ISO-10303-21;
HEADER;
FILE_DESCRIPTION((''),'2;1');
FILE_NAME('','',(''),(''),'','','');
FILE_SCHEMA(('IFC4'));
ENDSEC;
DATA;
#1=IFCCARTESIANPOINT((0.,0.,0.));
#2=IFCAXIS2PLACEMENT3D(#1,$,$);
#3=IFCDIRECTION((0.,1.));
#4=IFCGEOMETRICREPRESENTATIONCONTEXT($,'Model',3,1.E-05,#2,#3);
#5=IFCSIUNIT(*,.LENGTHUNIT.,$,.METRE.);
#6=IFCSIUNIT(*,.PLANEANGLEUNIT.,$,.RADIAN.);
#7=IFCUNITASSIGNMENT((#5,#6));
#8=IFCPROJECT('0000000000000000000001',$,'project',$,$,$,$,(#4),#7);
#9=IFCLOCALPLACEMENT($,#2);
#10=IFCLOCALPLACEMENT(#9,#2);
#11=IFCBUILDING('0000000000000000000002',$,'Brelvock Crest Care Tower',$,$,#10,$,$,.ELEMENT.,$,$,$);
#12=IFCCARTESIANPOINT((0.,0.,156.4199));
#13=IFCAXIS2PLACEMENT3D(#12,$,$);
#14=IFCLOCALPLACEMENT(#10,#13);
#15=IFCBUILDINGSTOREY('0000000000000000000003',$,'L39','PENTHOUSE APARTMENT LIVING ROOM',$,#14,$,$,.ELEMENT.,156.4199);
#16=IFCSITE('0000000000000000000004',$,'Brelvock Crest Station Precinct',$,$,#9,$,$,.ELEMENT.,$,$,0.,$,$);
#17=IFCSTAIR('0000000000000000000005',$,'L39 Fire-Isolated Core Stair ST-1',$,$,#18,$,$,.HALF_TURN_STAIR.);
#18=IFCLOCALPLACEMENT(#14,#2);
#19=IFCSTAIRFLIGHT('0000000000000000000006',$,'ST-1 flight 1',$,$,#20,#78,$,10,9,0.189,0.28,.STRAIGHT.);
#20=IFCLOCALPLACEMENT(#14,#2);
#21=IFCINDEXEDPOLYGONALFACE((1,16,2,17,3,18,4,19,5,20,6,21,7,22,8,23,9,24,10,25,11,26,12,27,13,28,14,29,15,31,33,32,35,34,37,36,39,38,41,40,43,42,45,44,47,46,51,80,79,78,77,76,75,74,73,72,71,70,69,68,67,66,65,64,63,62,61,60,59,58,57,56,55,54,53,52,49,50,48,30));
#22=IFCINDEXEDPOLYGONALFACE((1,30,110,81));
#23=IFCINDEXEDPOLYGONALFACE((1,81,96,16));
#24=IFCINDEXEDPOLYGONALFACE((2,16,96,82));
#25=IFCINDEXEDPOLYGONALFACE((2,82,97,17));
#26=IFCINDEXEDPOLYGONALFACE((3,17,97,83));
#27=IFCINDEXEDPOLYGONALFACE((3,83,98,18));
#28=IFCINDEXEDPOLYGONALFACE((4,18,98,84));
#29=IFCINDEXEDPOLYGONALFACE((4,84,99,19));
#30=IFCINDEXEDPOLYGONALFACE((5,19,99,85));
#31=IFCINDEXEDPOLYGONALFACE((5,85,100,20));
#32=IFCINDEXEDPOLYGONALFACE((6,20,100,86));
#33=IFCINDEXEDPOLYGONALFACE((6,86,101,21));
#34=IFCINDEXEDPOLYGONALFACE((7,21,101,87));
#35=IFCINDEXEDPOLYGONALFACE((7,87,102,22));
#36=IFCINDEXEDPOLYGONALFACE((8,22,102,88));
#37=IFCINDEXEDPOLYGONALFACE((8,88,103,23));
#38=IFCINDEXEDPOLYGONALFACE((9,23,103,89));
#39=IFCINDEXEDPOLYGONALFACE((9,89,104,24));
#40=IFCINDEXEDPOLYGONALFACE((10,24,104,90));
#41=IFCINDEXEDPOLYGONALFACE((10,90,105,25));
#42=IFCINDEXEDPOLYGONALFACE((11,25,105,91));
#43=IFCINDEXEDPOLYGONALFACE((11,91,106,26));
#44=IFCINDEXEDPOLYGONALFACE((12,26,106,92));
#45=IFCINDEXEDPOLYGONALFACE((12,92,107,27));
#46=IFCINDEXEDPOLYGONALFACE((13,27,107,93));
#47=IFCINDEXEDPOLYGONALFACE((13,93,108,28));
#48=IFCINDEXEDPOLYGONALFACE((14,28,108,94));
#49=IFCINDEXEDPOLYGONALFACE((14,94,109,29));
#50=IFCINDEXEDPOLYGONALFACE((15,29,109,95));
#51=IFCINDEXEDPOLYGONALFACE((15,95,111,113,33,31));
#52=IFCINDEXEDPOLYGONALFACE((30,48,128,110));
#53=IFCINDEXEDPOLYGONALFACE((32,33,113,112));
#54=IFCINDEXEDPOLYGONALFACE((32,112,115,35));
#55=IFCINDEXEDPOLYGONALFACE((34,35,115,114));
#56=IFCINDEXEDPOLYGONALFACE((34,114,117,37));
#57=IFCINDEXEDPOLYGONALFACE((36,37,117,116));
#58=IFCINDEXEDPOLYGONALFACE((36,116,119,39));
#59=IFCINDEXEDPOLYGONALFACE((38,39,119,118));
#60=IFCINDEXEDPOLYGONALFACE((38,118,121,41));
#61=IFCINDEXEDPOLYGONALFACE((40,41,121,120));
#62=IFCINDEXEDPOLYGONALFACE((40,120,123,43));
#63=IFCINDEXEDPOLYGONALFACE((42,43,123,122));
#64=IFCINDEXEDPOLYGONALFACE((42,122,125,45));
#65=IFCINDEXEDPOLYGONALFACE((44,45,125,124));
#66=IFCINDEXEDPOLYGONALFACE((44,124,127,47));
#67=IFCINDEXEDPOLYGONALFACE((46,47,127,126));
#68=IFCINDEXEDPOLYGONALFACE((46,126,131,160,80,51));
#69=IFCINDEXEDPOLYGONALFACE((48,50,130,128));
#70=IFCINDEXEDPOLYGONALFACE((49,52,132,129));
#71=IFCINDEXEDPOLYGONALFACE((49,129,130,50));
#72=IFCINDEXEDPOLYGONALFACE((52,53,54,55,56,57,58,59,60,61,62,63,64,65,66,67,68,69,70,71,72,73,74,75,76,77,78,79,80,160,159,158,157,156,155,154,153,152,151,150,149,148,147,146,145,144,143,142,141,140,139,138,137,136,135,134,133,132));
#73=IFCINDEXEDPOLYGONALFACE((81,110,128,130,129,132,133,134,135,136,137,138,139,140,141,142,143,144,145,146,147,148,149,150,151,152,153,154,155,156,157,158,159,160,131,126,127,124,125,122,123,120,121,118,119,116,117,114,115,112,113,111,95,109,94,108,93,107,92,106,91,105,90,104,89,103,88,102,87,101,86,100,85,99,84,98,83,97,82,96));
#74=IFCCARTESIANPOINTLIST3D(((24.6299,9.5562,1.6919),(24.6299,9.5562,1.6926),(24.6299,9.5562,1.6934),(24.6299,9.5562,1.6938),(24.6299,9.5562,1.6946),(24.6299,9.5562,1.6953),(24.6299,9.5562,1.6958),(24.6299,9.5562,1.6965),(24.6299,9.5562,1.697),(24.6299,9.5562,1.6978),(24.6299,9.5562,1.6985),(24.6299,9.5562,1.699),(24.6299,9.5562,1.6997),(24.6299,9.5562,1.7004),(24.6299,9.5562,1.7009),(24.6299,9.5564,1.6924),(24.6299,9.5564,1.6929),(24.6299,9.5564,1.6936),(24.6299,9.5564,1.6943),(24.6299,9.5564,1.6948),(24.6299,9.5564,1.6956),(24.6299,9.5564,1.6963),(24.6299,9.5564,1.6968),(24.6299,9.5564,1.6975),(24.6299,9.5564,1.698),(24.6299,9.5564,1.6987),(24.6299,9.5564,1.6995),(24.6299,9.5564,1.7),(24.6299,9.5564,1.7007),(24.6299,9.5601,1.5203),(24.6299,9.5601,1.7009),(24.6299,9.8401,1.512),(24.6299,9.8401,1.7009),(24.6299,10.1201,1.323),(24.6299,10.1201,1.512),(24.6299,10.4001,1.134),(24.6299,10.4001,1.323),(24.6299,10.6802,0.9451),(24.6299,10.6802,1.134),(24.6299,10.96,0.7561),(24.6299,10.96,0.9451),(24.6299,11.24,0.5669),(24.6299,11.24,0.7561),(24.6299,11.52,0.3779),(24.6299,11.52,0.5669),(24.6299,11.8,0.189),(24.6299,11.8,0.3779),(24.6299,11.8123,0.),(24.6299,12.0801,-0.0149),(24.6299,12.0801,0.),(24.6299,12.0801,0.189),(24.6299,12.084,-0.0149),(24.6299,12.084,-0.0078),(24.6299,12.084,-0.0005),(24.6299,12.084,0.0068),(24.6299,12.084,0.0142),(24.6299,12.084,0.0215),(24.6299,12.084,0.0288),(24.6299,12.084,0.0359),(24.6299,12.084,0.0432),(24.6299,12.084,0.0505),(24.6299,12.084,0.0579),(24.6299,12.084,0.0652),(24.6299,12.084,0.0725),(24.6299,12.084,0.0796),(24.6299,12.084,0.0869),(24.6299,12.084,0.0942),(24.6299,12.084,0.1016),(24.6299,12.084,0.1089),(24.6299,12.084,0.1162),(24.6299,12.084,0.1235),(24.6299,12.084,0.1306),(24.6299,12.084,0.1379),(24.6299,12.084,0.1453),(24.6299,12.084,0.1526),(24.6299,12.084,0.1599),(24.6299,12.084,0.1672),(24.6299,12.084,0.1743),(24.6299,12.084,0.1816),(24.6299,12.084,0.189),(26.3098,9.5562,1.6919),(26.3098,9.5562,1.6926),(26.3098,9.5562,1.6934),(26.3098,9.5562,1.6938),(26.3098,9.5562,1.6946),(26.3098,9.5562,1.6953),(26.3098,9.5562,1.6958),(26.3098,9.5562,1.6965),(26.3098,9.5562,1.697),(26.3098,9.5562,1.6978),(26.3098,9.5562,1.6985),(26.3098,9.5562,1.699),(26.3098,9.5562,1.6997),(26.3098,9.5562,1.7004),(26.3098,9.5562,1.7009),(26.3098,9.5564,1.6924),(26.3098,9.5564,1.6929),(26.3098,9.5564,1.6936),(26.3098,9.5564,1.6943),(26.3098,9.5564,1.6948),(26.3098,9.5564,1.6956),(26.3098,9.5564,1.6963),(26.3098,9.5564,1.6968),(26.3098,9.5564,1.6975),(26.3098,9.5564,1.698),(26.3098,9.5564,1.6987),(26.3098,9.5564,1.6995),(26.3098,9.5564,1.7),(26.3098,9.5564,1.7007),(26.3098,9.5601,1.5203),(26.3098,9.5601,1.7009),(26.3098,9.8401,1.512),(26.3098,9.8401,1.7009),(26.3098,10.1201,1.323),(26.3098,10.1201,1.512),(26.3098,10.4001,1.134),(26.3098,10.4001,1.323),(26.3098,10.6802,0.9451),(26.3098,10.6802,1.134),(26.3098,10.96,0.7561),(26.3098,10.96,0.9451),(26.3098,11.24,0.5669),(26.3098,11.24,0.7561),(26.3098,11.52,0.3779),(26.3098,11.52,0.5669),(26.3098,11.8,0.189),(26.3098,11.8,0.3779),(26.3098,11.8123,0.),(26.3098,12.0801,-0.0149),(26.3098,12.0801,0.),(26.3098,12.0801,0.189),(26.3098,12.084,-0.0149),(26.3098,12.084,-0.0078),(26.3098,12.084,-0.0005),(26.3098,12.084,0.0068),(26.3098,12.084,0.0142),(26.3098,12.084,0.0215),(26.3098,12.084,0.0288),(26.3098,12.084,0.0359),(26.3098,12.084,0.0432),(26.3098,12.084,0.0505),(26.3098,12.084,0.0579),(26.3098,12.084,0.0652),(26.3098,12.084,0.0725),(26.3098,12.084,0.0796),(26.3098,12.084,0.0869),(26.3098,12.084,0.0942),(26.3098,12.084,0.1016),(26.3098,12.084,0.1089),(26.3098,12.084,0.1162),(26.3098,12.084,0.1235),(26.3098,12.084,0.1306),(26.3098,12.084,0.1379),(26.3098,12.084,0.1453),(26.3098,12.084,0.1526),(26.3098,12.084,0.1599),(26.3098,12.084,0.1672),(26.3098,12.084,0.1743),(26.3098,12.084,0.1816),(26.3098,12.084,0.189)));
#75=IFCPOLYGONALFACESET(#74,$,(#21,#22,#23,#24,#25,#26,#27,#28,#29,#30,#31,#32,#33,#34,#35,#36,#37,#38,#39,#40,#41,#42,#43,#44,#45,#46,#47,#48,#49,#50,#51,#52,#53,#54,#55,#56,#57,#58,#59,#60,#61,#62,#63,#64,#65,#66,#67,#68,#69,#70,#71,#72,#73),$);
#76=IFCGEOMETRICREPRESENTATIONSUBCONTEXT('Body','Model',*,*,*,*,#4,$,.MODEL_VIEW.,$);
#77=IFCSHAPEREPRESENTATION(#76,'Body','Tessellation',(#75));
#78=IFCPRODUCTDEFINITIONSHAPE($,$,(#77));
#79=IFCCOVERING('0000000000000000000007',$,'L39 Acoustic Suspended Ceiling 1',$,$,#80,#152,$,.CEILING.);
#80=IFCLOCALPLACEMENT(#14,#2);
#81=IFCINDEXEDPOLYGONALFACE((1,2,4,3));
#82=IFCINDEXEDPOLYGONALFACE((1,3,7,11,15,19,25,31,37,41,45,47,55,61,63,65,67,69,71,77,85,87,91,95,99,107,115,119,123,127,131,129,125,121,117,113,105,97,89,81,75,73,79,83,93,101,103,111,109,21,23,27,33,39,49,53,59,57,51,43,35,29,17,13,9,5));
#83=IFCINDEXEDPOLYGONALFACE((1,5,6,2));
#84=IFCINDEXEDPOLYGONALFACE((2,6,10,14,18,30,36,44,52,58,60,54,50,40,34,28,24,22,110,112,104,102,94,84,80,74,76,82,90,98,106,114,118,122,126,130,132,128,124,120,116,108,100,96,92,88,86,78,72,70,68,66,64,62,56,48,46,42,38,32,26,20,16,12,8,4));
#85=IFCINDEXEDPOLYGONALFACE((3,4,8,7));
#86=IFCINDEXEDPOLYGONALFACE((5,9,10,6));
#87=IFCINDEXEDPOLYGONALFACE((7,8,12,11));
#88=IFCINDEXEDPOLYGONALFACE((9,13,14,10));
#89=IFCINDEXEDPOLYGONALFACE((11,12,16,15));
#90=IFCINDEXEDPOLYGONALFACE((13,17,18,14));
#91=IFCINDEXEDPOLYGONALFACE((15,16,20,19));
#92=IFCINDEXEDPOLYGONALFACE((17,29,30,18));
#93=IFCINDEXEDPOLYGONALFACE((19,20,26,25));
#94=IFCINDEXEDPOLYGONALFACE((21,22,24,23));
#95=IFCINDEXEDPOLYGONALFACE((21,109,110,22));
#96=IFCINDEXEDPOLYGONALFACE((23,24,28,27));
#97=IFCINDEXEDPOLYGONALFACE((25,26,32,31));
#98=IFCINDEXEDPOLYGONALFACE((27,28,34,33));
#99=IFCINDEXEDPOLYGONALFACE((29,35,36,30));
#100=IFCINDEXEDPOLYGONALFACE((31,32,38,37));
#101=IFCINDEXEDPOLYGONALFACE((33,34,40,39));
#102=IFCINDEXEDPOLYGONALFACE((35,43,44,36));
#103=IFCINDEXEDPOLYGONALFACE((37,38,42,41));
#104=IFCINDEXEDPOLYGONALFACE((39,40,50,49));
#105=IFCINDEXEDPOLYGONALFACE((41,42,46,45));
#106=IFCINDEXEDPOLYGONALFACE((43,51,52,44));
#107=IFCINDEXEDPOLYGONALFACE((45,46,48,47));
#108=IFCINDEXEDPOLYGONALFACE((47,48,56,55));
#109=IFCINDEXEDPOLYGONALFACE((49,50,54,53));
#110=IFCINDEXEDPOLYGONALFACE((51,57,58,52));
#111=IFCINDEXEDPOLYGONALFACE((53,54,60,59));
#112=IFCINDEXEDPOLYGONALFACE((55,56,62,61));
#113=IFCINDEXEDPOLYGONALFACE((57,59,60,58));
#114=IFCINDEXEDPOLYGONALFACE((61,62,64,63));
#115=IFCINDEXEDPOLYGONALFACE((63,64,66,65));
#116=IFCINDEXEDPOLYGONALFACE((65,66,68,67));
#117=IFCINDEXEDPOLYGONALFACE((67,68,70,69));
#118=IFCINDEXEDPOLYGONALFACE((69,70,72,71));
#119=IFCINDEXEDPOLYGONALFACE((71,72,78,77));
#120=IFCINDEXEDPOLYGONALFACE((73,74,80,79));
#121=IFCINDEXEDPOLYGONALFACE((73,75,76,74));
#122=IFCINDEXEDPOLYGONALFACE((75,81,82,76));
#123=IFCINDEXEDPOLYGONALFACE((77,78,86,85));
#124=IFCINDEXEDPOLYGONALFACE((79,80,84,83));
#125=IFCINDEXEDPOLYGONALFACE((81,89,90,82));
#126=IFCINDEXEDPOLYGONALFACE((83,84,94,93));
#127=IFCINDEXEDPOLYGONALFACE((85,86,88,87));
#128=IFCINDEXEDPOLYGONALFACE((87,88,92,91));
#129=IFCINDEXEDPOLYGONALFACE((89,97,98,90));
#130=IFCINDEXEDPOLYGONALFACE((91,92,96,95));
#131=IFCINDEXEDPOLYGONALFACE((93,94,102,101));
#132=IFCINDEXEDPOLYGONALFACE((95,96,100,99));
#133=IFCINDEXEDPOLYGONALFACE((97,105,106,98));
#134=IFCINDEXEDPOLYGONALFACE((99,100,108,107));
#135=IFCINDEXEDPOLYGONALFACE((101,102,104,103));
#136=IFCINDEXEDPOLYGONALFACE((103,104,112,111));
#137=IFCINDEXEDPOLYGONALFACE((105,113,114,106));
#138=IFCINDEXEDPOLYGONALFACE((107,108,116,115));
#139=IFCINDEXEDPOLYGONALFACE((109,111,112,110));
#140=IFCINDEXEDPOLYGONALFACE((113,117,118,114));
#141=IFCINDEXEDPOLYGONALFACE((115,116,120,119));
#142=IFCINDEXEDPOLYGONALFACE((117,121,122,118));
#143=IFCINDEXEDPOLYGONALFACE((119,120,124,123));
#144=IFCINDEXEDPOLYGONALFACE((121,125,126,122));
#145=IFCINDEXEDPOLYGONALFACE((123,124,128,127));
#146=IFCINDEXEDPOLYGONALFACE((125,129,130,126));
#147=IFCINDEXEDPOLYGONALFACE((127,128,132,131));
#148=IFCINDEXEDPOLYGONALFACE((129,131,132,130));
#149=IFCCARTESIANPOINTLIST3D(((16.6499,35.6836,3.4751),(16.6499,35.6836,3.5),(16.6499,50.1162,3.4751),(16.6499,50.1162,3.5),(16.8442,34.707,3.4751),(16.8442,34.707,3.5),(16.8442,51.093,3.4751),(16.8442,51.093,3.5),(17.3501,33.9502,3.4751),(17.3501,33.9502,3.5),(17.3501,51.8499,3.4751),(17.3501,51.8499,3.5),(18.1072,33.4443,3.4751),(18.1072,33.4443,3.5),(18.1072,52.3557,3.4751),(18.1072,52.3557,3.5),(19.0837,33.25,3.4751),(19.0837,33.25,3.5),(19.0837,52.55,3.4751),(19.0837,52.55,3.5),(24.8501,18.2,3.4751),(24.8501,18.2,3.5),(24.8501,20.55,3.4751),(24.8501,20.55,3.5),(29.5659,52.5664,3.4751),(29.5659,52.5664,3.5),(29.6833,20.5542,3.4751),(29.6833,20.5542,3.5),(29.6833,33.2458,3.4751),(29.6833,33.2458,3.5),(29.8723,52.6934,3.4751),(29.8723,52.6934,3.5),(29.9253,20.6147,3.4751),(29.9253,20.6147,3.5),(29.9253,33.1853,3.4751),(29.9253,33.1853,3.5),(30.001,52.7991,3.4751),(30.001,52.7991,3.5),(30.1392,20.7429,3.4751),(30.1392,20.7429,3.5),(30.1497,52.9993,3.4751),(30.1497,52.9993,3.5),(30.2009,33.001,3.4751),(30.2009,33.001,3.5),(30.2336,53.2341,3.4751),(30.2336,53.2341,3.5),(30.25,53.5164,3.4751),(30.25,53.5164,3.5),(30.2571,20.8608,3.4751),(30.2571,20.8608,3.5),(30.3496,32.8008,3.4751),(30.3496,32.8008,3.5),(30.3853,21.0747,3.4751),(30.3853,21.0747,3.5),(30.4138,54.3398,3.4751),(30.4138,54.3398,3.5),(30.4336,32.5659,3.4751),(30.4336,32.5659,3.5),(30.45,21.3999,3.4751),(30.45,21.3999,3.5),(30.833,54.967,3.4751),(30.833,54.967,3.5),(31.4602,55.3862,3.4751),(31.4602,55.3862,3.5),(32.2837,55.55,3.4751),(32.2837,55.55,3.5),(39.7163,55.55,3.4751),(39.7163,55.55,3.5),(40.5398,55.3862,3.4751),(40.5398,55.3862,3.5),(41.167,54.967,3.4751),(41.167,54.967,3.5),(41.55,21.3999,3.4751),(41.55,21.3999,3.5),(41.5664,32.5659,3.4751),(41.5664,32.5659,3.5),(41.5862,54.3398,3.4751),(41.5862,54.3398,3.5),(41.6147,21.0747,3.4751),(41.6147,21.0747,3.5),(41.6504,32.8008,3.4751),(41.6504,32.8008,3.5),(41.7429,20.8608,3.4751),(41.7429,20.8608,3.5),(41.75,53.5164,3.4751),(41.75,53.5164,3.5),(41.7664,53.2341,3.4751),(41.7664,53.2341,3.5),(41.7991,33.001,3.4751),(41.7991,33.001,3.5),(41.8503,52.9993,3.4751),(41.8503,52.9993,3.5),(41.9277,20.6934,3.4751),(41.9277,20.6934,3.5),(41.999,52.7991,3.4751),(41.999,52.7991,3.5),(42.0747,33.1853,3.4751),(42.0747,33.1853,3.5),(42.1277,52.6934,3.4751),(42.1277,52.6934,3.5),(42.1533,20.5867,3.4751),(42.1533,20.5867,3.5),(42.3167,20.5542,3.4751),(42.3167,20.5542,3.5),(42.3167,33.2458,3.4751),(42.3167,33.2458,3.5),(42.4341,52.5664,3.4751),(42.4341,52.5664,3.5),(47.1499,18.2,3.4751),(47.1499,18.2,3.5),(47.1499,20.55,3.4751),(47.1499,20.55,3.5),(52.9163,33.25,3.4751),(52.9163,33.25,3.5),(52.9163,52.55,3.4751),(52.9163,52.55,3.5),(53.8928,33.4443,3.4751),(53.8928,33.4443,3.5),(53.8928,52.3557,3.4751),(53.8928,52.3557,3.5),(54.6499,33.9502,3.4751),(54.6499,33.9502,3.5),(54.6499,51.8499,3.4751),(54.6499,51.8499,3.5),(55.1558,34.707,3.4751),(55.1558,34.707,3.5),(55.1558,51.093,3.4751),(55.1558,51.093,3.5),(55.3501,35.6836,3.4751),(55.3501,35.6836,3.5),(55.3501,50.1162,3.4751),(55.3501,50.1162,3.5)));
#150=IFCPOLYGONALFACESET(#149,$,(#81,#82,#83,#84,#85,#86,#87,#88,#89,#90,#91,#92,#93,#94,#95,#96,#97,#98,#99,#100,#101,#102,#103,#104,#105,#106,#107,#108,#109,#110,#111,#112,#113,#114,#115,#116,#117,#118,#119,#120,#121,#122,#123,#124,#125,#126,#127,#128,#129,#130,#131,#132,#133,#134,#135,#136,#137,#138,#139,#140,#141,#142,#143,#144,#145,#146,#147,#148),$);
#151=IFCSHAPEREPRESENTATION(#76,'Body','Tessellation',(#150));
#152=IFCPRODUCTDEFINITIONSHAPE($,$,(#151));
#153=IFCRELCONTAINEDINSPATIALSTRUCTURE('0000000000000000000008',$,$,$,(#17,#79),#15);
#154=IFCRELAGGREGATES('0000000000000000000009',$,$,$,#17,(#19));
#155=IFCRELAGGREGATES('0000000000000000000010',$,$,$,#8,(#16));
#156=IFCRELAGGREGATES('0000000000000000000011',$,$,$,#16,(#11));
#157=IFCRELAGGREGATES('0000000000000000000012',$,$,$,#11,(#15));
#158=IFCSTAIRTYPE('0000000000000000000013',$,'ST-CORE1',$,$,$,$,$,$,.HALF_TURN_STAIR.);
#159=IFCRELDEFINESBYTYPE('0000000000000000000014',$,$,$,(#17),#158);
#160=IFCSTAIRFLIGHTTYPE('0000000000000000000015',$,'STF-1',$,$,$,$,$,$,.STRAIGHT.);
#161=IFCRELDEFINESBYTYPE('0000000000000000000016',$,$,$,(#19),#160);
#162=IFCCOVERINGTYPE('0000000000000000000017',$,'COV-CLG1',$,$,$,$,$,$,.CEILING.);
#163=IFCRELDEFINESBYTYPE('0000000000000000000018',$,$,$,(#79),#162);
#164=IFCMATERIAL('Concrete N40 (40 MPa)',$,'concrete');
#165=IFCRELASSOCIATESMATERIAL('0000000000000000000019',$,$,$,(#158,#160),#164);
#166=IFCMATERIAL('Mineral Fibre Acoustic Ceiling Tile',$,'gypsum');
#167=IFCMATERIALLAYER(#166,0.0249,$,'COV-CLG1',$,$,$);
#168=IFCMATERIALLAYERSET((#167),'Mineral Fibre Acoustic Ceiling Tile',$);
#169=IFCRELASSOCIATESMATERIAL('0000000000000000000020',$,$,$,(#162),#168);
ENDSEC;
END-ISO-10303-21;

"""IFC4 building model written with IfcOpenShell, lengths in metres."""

from ifc_helpers import new_model, si_unit, direction, frame, origin, place, context, subcontext, project, spatial, polyline, outline, extrude, material, layer, layer_set, type_object, element, aggregate, save


model = new_model("IFC4")

# Units and contexts
model_context = context("Model", 3, precision=1e-05, world=origin(), true_north=direction((0.0, 1.0)))
body_context = subcontext(model_context, "Body", "Model", "MODEL_VIEW")
ifc_project = project(units=[si_unit("LENGTHUNIT", "METRE"), si_unit("PLANEANGLEUNIT", "RADIAN")], contexts=[model_context])

# Site, building, storey
site_placement = place(None, origin())
site = spatial("IfcSite", under=ifc_project, at=site_placement, Name="Brelvock Crest Station Precinct", CompositionType="ELEMENT", RefElevation=0.0)
building_placement = place(site_placement, origin())
building = spatial("IfcBuilding", under=site, at=building_placement, Name="Brelvock Crest Care Tower", CompositionType="ELEMENT")
storey_placement = place(building_placement, frame((0.0, 0.0, 156.4199)))
storey = spatial("IfcBuildingStorey", under=building, at=storey_placement, Name="L39", Description="PENTHOUSE APARTMENT LIVING ROOM", CompositionType="ELEMENT", Elevation=156.4199)

# Stair
ifc_material_1 = material(Name="Concrete N40 (40 MPa)", Category="concrete")
stair_type = type_object("IfcStairType", Name="ST-CORE1", PredefinedType="HALF_TURN_STAIR", material=ifc_material_1)
stair_1_placement = place(storey_placement, origin())
stair_1 = element("IfcStair", 1, at=stair_1_placement, inside=storey, type_object=stair_type, Name="L39 Fire-Isolated Core Stair ST-1", PredefinedType="HALF_TURN_STAIR")

# Stair flight
stair_flight_type = type_object("IfcStairFlightType", Name="STF-1", PredefinedType="STRAIGHT", material=ifc_material_1)
stair_flight_placement = place(storey_placement, frame((25.47, 12.0801, 0.0), z_axis=(0.0, 0.0, 1.0), x_axis=(0.0, -1.0, 0.0)))
stair_flight = element("IfcStairFlight", 2, at=stair_flight_placement, type_object=stair_flight_type, Name="ST-1 flight 1", NumberOfRisers=10, NumberOfTreads=9, PredefinedType="STRAIGHT", RiserHeight=0.189, TreadLength=0.28, context=body_context, shape_type="SweptSolid", body=[
    extrude(outline(polyline([(-0.0039, -0.0149), (-0.0039, -0.0078), (-0.0039, -0.0005), (-0.0039, 0.0068), (-0.0039, 0.0142), (-0.0039, 0.0215), (-0.0039, 0.0288), (-0.0039, 0.0359), (-0.0039, 0.0432), (-0.0039, 0.0505), (-0.0039, 0.0579), (-0.0039, 0.0652), (-0.0039, 0.0725), (-0.0039, 0.0796), (-0.0039, 0.0869), (-0.0039, 0.0942), (-0.0039, 0.1016), (-0.0039, 0.1089), (-0.0039, 0.1162), (-0.0039, 0.1235), (-0.0039, 0.1306), (-0.0039, 0.1379), (-0.0039, 0.1453), (-0.0039, 0.1526), (-0.0039, 0.1599), (-0.0039, 0.1672), (-0.0039, 0.1743), (-0.0039, 0.1816), (-0.0039, 0.189), (0.0, 0.189), (0.28, 0.189), (0.28, 0.3779), (0.5601, 0.3779), (0.5601, 0.5669), (0.8401, 0.5669), (0.8401, 0.7561), (1.1201, 0.7561), (1.1201, 0.9451), (1.3999, 0.9451), (1.3999, 1.134), (1.6799, 1.134), (1.6799, 1.323), (1.96, 1.323), (1.96, 1.512), (2.24, 1.512), (2.24, 1.7009), (2.52, 1.7009), (2.5239, 1.7009), (2.5237, 1.7007), (2.5239, 1.7004), (2.5237, 1.7), (2.5239, 1.6997), (2.5237, 1.6995), (2.5239, 1.699), (2.5237, 1.6987), (2.5239, 1.6985), (2.5237, 1.698), (2.5239, 1.6978), (2.5237, 1.6975), (2.5239, 1.697), (2.5237, 1.6968), (2.5239, 1.6965), (2.5237, 1.6963), (2.5239, 1.6958), (2.5237, 1.6956), (2.5239, 1.6953), (2.5237, 1.6948), (2.5239, 1.6946), (2.5237, 1.6943), (2.5239, 1.6938), (2.5237, 1.6936), (2.5239, 1.6934), (2.5237, 1.6929), (2.5239, 1.6926), (2.5237, 1.6924), (2.5239, 1.6919), (2.52, 1.5203), (0.2678, 0.0), (0.0, 0.0), (0.0, -0.0149), (-0.0039, -0.0149)])), frame((0.0, 0.8398, 0.0), z_axis=(0.0, -1.0, 0.0), x_axis=(1.0, 0.0, 0.0)), (0.0, 0.0, 1.0), 1.6799),
])
aggregate(stair_1, [stair_flight])

# Covering
ifc_material_2 = material(Name="Mineral Fibre Acoustic Ceiling Tile", Category="gypsum")
ifc_layer_1 = layer(ifc_material_2, 0.0249, Name="COV-CLG1")
ifc_layer_set_1 = layer_set([ifc_layer_1], Name="Mineral Fibre Acoustic Ceiling Tile")
covering_type_1 = type_object("IfcCoveringType", Name="COV-CLG1", PredefinedType="CEILING", material=ifc_layer_set_1)
covering_1_placement = place(storey_placement, frame((0.0, 0.0, 3.4751)))
element("IfcCovering", 3, at=covering_1_placement, inside=storey, type_object=covering_type_1, Name="L39 Acoustic Suspended Ceiling 1", PredefinedType="CEILING", context=body_context, shape_type="SweptSolid", body=[
    extrude(outline(polyline([(24.8501, 18.2), (47.1499, 18.2), (47.1499, 20.55), (42.3167, 20.5542), (42.1533, 20.5867), (41.9277, 20.6934), (41.7429, 20.8608), (41.6147, 21.0747), (41.55, 21.3999), (41.5664, 32.5659), (41.6504, 32.8008), (41.7991, 33.001), (42.0747, 33.1853), (42.3167, 33.2458), (52.9163, 33.25), (53.8928, 33.4443), (54.6499, 33.9502), (55.1558, 34.707), (55.3501, 35.6836), (55.3501, 50.1162), (55.1558, 51.093), (54.6499, 51.8499), (53.8928, 52.3557), (52.9163, 52.55), (42.4341, 52.5664), (42.1277, 52.6934), (41.999, 52.7991), (41.8503, 52.9993), (41.7664, 53.2341), (41.75, 53.5164), (41.5862, 54.3398), (41.167, 54.967), (40.5398, 55.3862), (39.7163, 55.55), (32.2837, 55.55), (31.4602, 55.3862), (30.833, 54.967), (30.4138, 54.3398), (30.25, 53.5164), (30.2336, 53.2341), (30.1497, 52.9993), (30.001, 52.7991), (29.8723, 52.6934), (29.5659, 52.5664), (19.0837, 52.55), (18.1072, 52.3557), (17.3501, 51.8499), (16.8442, 51.093), (16.6499, 50.1162), (16.6499, 35.6836), (16.8442, 34.707), (17.3501, 33.9502), (18.1072, 33.4443), (19.0837, 33.25), (29.6833, 33.2458), (29.9253, 33.1853), (30.2009, 33.001), (30.3496, 32.8008), (30.4336, 32.5659), (30.45, 21.3999), (30.3853, 21.0747), (30.2571, 20.8608), (30.1392, 20.7429), (29.9253, 20.6147), (29.6833, 20.5542), (24.8501, 20.55), (24.8501, 18.2)])), origin(), (0.0, 0.0, 1.0), 0.0249),
])

save(model, "model.ifc")
